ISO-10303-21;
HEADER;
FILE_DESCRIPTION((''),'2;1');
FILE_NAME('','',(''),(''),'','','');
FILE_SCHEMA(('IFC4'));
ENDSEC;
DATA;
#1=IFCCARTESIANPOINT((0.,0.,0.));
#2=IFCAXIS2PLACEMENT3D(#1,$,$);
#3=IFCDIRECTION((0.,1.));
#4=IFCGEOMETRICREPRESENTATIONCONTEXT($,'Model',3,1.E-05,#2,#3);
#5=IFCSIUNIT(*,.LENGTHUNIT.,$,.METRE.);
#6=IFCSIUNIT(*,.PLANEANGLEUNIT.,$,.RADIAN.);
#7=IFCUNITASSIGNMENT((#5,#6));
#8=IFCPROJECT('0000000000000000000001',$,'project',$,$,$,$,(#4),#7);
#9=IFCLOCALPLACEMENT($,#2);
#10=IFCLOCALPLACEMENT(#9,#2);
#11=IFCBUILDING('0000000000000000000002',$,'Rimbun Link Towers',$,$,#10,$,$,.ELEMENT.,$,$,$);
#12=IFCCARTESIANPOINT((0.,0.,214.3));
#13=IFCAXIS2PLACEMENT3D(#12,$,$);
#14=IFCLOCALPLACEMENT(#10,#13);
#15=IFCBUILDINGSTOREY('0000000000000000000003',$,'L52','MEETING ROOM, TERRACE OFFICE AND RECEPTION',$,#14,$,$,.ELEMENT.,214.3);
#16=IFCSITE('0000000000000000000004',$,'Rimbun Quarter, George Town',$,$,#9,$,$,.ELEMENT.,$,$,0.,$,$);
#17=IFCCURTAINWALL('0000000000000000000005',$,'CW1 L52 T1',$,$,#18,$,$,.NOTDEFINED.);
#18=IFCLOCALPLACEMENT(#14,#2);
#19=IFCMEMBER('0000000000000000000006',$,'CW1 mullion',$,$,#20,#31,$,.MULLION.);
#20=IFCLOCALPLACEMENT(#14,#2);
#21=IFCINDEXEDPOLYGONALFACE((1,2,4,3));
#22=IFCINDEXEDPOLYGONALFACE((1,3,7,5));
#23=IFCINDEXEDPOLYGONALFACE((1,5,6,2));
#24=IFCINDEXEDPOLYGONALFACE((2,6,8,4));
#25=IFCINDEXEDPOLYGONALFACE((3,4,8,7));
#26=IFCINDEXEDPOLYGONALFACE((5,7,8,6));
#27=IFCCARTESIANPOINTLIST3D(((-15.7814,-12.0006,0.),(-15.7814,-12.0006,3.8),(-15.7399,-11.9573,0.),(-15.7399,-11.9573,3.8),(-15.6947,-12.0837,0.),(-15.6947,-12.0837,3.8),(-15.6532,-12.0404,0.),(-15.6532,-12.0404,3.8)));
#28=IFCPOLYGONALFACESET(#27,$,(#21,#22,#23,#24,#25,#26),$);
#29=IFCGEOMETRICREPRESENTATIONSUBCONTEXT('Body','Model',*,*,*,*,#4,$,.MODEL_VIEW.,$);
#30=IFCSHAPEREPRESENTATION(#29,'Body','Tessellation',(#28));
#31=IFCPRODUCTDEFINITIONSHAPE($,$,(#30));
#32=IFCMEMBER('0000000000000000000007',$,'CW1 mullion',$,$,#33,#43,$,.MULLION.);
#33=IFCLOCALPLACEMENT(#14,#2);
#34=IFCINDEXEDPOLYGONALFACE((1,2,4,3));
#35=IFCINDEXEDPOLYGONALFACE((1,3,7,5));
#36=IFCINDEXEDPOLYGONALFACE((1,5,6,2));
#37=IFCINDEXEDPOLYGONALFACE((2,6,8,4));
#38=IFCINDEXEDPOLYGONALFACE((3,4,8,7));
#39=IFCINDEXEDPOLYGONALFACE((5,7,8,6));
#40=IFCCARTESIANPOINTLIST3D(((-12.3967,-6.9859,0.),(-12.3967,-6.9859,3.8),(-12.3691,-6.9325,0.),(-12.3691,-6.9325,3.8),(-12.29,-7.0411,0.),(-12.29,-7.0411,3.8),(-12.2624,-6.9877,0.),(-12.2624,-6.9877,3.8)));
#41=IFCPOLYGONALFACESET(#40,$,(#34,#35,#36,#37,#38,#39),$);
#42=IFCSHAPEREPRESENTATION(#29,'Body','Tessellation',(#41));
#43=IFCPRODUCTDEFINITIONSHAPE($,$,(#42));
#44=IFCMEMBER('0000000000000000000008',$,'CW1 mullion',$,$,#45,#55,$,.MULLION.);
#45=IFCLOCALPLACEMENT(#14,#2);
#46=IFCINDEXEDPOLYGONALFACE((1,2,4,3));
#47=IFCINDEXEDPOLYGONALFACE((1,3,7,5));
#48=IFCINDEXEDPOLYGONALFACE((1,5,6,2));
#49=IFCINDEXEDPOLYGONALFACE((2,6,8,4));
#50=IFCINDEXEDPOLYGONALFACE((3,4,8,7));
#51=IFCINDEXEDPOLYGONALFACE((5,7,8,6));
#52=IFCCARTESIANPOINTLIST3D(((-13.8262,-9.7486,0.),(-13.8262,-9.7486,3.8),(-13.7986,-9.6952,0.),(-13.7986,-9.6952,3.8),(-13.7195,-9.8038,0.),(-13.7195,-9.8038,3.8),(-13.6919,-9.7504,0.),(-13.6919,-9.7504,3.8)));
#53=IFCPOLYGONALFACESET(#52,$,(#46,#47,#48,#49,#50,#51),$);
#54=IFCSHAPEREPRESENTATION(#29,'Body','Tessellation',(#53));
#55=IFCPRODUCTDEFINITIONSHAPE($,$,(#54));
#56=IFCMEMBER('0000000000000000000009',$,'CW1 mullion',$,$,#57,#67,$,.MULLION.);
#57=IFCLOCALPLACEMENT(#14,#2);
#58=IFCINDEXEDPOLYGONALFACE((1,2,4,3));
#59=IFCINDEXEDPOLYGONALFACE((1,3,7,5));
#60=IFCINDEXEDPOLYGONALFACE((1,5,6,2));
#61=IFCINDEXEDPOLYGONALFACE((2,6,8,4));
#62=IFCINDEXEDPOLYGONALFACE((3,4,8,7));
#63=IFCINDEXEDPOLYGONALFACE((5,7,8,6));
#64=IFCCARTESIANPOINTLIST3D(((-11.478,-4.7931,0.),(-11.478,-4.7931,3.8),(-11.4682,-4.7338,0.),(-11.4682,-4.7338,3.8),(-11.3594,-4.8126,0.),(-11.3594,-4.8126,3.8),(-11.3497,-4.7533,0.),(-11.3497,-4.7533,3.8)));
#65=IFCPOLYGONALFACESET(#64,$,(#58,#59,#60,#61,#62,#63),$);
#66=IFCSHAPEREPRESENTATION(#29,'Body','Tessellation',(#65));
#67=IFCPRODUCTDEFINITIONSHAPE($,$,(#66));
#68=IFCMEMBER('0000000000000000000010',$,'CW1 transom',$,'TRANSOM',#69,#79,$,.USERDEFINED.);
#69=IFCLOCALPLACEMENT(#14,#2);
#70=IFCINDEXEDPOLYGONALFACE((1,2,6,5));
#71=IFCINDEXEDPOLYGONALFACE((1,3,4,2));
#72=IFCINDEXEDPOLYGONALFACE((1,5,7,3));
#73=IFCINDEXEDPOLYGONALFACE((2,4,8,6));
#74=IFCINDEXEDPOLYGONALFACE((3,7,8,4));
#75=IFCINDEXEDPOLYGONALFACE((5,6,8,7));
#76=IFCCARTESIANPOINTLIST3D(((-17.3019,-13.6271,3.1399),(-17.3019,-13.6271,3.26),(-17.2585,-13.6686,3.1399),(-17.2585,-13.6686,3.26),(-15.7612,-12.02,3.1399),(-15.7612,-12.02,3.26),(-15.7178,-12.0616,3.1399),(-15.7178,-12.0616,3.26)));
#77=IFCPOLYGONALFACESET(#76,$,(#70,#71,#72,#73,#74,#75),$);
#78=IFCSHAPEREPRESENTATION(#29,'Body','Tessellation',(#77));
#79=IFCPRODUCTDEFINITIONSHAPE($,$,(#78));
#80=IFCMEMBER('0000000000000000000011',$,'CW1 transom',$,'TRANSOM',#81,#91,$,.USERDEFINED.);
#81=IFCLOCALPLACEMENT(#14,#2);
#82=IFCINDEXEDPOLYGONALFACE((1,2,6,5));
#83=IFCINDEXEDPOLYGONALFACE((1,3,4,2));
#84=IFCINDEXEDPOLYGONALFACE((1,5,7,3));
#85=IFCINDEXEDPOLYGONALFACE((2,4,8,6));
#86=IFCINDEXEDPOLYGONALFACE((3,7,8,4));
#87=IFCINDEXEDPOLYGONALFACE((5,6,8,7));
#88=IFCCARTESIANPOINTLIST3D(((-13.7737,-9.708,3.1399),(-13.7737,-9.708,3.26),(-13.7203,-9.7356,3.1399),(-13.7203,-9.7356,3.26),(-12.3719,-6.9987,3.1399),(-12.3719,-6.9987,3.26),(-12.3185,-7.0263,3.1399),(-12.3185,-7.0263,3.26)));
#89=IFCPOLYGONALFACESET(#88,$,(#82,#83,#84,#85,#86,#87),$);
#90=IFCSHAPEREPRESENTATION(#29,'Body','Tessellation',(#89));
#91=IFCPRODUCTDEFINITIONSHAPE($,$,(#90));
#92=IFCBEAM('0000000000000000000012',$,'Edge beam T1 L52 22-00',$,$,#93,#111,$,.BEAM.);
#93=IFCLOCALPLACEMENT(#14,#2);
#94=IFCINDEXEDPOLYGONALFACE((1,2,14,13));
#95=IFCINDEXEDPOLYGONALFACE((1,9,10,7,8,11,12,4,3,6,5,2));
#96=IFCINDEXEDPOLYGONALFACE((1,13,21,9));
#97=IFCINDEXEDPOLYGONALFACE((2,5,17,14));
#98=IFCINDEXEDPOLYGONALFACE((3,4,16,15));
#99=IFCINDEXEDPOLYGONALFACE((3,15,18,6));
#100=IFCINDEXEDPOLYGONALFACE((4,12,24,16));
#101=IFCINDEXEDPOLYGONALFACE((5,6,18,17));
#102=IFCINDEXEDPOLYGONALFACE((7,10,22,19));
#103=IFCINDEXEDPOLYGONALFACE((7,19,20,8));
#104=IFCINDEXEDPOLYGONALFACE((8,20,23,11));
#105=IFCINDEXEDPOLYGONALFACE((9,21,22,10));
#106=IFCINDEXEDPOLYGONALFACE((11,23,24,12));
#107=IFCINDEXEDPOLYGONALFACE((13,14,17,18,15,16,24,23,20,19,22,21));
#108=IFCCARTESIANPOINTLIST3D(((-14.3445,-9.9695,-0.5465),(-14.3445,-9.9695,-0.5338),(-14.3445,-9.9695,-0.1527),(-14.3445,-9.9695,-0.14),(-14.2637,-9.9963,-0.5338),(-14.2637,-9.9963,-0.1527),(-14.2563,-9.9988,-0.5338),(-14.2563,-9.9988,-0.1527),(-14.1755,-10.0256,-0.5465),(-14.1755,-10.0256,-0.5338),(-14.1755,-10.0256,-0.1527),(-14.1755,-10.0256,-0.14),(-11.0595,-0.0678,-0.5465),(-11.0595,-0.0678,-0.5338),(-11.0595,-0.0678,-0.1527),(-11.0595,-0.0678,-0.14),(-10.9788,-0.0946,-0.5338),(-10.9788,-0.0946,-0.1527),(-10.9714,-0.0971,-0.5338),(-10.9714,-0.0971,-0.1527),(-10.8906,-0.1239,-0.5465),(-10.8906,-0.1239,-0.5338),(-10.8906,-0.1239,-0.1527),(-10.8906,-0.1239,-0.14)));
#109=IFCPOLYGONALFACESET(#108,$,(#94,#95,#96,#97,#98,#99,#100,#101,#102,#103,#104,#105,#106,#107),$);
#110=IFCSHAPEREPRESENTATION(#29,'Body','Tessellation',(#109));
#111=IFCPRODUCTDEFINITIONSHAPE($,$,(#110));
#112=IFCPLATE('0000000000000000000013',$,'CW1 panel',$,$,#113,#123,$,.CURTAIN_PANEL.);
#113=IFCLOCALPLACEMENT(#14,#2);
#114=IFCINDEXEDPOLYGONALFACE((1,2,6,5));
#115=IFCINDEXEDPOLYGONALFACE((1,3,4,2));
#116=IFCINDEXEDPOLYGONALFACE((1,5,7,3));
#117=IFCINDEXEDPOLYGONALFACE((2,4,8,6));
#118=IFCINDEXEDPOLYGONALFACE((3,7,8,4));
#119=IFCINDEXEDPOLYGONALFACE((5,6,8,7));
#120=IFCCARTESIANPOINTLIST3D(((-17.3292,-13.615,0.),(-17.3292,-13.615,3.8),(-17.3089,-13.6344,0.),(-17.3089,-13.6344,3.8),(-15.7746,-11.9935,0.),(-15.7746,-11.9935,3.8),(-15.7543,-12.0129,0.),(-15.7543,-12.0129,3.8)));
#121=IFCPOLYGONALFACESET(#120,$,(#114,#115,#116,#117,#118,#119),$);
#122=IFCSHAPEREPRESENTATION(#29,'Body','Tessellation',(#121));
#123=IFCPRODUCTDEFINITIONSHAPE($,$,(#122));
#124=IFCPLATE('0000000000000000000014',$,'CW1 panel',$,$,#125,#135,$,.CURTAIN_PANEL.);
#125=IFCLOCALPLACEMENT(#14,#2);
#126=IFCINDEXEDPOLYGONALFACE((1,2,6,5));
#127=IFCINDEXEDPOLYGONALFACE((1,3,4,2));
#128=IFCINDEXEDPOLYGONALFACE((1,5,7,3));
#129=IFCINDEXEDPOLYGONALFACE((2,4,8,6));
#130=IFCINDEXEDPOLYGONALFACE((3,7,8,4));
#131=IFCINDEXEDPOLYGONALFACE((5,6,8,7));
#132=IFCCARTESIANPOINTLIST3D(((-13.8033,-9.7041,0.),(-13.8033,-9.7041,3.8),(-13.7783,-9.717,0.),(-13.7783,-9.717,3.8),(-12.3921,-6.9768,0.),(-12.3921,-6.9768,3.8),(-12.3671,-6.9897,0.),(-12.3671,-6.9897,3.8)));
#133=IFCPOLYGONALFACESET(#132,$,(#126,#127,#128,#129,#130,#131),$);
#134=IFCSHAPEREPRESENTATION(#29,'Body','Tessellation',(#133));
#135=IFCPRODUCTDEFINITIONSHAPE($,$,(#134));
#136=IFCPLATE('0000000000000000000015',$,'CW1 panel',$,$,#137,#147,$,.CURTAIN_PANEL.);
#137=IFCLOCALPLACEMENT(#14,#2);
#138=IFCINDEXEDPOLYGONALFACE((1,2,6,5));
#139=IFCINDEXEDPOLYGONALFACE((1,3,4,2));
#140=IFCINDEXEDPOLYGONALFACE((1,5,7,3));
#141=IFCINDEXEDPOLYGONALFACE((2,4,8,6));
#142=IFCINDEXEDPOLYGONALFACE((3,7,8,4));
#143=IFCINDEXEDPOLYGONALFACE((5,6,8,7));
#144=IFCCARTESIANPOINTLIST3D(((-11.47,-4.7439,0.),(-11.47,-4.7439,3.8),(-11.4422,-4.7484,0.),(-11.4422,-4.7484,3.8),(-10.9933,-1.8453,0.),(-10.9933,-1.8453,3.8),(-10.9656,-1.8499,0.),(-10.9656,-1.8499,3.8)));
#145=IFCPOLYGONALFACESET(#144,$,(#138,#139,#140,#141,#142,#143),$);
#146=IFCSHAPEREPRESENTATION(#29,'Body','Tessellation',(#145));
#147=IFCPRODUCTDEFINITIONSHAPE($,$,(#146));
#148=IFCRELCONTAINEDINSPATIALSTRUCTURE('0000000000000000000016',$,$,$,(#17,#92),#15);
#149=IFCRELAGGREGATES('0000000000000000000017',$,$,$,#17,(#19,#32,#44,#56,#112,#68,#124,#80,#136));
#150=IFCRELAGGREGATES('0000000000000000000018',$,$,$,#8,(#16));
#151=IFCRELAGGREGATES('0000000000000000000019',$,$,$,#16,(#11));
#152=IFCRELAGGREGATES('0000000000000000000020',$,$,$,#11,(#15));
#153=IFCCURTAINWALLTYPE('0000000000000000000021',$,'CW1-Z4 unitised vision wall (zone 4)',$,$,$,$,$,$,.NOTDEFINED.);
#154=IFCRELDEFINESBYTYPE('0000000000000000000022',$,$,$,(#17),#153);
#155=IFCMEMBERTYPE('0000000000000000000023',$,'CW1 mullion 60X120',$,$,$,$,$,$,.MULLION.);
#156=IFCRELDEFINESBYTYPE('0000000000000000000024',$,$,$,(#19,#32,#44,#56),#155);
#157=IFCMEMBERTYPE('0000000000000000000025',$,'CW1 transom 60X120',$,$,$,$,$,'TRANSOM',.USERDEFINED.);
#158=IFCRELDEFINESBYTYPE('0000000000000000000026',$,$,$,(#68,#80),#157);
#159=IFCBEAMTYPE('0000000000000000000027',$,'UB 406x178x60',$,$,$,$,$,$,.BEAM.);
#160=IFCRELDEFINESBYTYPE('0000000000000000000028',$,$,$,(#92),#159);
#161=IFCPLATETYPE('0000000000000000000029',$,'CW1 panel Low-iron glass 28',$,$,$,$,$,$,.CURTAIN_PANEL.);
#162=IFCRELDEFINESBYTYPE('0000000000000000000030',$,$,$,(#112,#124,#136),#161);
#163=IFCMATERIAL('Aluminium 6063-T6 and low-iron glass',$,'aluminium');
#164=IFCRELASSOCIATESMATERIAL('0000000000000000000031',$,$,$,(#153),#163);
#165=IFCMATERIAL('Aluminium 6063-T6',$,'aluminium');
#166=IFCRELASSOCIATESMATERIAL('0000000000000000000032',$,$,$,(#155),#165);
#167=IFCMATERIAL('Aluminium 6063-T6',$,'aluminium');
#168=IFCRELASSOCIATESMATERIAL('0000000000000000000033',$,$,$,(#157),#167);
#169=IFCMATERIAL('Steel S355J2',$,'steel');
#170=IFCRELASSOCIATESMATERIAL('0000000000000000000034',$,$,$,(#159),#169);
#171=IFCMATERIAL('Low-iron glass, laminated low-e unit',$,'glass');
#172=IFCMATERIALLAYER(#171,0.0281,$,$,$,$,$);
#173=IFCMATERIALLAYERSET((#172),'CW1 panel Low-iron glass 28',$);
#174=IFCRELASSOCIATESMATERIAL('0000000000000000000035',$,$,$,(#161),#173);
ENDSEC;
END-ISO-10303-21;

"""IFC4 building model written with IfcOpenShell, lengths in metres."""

from ifc_helpers import new_model, si_unit, direction, frame, origin, origin_2d, place, context, subcontext, project, spatial, rectangle, i_section, extrude, material, layer, layer_set, material_profile, profile_set, type_object, element, aggregate, save


model = new_model("IFC4")

# Units and contexts
model_context = context("Model", 3, precision=1e-05, world=origin(), true_north=direction((0.0, 1.0)))
body_context = subcontext(model_context, "Body", "Model", "MODEL_VIEW")
ifc_project = project(units=[si_unit("LENGTHUNIT", "METRE"), si_unit("PLANEANGLEUNIT", "RADIAN")], contexts=[model_context])

# Site, building, storey
site_placement = place(None, origin())
site = spatial("IfcSite", under=ifc_project, at=site_placement, Name="Rimbun Quarter, George Town", CompositionType="ELEMENT", RefElevation=0.0)
building_placement = place(site_placement, origin())
building = spatial("IfcBuilding", under=site, at=building_placement, Name="Rimbun Link Towers", CompositionType="ELEMENT")
storey_placement = place(building_placement, frame((0.0, 0.0, 214.3)))
storey = spatial("IfcBuildingStorey", under=building, at=storey_placement, Name="L52", Description="MEETING ROOM, TERRACE OFFICE AND RECEPTION", CompositionType="ELEMENT", Elevation=214.3)

# Curtain wall, members
ifc_material_1 = material(Name="Aluminium 6063-T6 and low-iron glass", Category="aluminium")
curtain_wall_type = type_object("IfcCurtainWallType", Name="CW1-Z4 unitised vision wall (zone 4)", PredefinedType="NOTDEFINED", material=ifc_material_1)
curtain_wall_placement = place(storey_placement, origin())
curtain_wall = element("IfcCurtainWall", 1, at=curtain_wall_placement, inside=storey, type_object=curtain_wall_type, Name="CW1 L52 T1", PredefinedType="NOTDEFINED")
ifc_material_2 = material(Name="Aluminium 6063-T6", Category="aluminium")
ifc_material_profile_1 = material_profile(ifc_material_2, rectangle(XDim=0.1201, YDim=0.0601, at=origin_2d()), Name="MULLION 60X120")
ifc_profile_set_1 = profile_set([ifc_material_profile_1], Name="Aluminium 6063-T6")
member_type_1 = type_object("IfcMemberType", Name="CW1 mullion 60X120", PredefinedType="MULLION", material=ifc_profile_set_1)
member_1_placement = place(storey_placement, frame((-15.7173, -12.0205, 0.0), z_axis=(0.0, 0.0, 1.0), x_axis=(0.721846, -0.692053, 0.0)))
member_1 = element("IfcMember", 2, at=member_1_placement, type_object=member_type_1, Name="CW1 mullion", PredefinedType="MULLION", context=body_context, shape_type="SweptSolid", body=[
    extrude(rectangle(XDim=0.1201, YDim=0.0601, at=origin_2d()), origin(), (0.0, 0.0, 1.0), 3.8),
])
member_2_placement = place(storey_placement, frame((-12.3296, -6.9868, 0.0), z_axis=(0.0, 0.0, 1.0), x_axis=(0.88815, -0.459554, 0.0)))
member_2 = element("IfcMember", 3, at=member_2_placement, type_object=member_type_1, Name="CW1 mullion", PredefinedType="MULLION", context=body_context, shape_type="SweptSolid", body=[
    extrude(rectangle(XDim=0.1201, YDim=0.0601, at=origin_2d()), origin(), (0.0, 0.0, 1.0), 3.8),
])
member_3_placement = place(storey_placement, frame((-13.759, -9.7495, 0.0), z_axis=(0.0, 0.0, 1.0), x_axis=(0.88815, -0.459554, 0.0)))
member_3 = element("IfcMember", 4, at=member_3_placement, type_object=member_type_1, Name="CW1 mullion", PredefinedType="MULLION", context=body_context, shape_type="SweptSolid", body=[
    extrude(rectangle(XDim=0.1201, YDim=0.0601, at=origin_2d()), origin(), (0.0, 0.0, 1.0), 3.8),
])
member_4_placement = place(storey_placement, frame((-11.4138, -4.7732, 0.0), z_axis=(0.0, 0.0, 1.0), x_axis=(0.986747, -0.162264, 0.0)))
member_4 = element("IfcMember", 5, at=member_4_placement, type_object=member_type_1, Name="CW1 mullion", PredefinedType="MULLION", context=body_context, shape_type="SweptSolid", body=[
    extrude(rectangle(XDim=0.1201, YDim=0.0601, at=origin_2d()), origin(), (0.0, 0.0, 1.0), 3.8),
])
ifc_material_3 = material(Name="Aluminium 6063-T6", Category="aluminium")
ifc_material_profile_2 = material_profile(ifc_material_3, rectangle(XDim=0.0601, YDim=0.1201, at=origin_2d()), Name="TRANSOM 60X120")
ifc_profile_set_2 = profile_set([ifc_material_profile_2], Name="Aluminium 6063-T6")
member_type_2 = type_object("IfcMemberType", Name="CW1 transom 60X120", ElementType="TRANSOM", PredefinedType="USERDEFINED", material=ifc_profile_set_2)
member_5_placement = place(storey_placement, frame((-15.7395, -12.0408, 3.2), z_axis=(-0.692036, -0.721863, 0.0), x_axis=(0.721863, -0.692036, 0.0)))
member_5 = element("IfcMember", 6, at=member_5_placement, type_object=member_type_2, Name="CW1 transom", ObjectType="TRANSOM", PredefinedType="USERDEFINED", context=body_context, shape_type="SweptSolid", body=[
    extrude(rectangle(XDim=0.0601, YDim=0.1201, at=origin_2d()), origin(), (0.0, 0.0, 1.0), 2.2263),
])
member_6_placement = place(storey_placement, frame((-12.3452, -7.0125, 3.2), z_axis=(-0.459527, -0.888164, 0.0), x_axis=(0.888164, -0.459527, 0.0)))
member_6 = element("IfcMember", 7, at=member_6_placement, type_object=member_type_2, Name="CW1 transom", ObjectType="TRANSOM", PredefinedType="USERDEFINED", context=body_context, shape_type="SweptSolid", body=[
    extrude(rectangle(XDim=0.0601, YDim=0.1201, at=origin_2d()), origin(), (0.0, 0.0, 1.0), 3.0505),
])

# Beam
ifc_material_4 = material(Name="Steel S355J2", Category="steel")
ifc_material_profile_3 = material_profile(ifc_material_4, i_section(OverallWidth=0.178, OverallDepth=0.4065, WebThickness=0.0078, FlangeThickness=0.0127, at=origin_2d()), Name="UB 406x178x60")
ifc_profile_set_3 = profile_set([ifc_material_profile_3], Name="Steel S355J2")
beam_type = type_object("IfcBeamType", Name="UB 406x178x60", PredefinedType="BEAM", material=ifc_profile_set_3)
beam_placement = place(storey_placement, frame((-14.26, -9.9976, -0.3433), z_axis=(0.314879, 0.949132, 0.0), x_axis=(-0.949132, 0.314879, 0.0)))
element("IfcBeam", 8, at=beam_placement, inside=storey, type_object=beam_type, Name="Edge beam T1 L52 22-00", PredefinedType="BEAM", context=body_context, shape_type="SweptSolid", body=[
    extrude(i_section(OverallWidth=0.178, OverallDepth=0.4065, WebThickness=0.0078, FlangeThickness=0.0127, at=origin_2d()), origin(), (0.0, 0.0, 1.0), 10.4324),
])

# Plates
ifc_material_5 = material(Name="Low-iron glass, laminated low-e unit", Category="glass")
ifc_layer_1 = layer(ifc_material_5, 0.0281)
ifc_layer_set_1 = layer_set([ifc_layer_1], Name="CW1 panel Low-iron glass 28")
plate_type = type_object("IfcPlateType", Name="CW1 panel Low-iron glass 28", PredefinedType="CURTAIN_PANEL", material=ifc_layer_set_1)
plate_1_placement = place(storey_placement, frame((-16.5417, -12.814, 0.0), z_axis=(0.0, 0.0, 1.0), x_axis=(-0.692053, -0.721846, 0.0)))
plate_1 = element("IfcPlate", 9, at=plate_1_placement, type_object=plate_type, Name="CW1 panel", PredefinedType="CURTAIN_PANEL", context=body_context, shape_type="SweptSolid", body=[
    extrude(rectangle(XDim=2.2463, YDim=0.0281, at=origin_2d()), origin(), (0.0, 0.0, 1.0), 3.8),
])
plate_2_placement = place(storey_placement, frame((-13.0852, -8.3469, 0.0), z_axis=(0.0, 0.0, 1.0), x_axis=(-0.459554, -0.88815, 0.0)))
plate_2 = element("IfcPlate", 10, at=plate_2_placement, type_object=plate_type, Name="CW1 panel", PredefinedType="CURTAIN_PANEL", context=body_context, shape_type="SweptSolid", body=[
    extrude(rectangle(XDim=3.0708, YDim=0.0281, at=origin_2d()), origin(), (0.0, 0.0, 1.0), 3.8),
])
plate_3_placement = place(storey_placement, frame((-11.2178, -3.2969, 0.0), z_axis=(0.0, 0.0, 1.0), x_axis=(-0.162264, -0.986747, 0.0)))
plate_3 = element("IfcPlate", 11, at=plate_3_placement, type_object=plate_type, Name="CW1 panel", PredefinedType="CURTAIN_PANEL", context=body_context, shape_type="SweptSolid", body=[
    extrude(rectangle(XDim=2.9375, YDim=0.0281, at=origin_2d()), origin(), (0.0, 0.0, 1.0), 3.8),
])
aggregate(curtain_wall, [member_1, member_2, member_3, member_4, plate_1, member_5, plate_2, member_6, plate_3])

save(model, "model.ifc")
